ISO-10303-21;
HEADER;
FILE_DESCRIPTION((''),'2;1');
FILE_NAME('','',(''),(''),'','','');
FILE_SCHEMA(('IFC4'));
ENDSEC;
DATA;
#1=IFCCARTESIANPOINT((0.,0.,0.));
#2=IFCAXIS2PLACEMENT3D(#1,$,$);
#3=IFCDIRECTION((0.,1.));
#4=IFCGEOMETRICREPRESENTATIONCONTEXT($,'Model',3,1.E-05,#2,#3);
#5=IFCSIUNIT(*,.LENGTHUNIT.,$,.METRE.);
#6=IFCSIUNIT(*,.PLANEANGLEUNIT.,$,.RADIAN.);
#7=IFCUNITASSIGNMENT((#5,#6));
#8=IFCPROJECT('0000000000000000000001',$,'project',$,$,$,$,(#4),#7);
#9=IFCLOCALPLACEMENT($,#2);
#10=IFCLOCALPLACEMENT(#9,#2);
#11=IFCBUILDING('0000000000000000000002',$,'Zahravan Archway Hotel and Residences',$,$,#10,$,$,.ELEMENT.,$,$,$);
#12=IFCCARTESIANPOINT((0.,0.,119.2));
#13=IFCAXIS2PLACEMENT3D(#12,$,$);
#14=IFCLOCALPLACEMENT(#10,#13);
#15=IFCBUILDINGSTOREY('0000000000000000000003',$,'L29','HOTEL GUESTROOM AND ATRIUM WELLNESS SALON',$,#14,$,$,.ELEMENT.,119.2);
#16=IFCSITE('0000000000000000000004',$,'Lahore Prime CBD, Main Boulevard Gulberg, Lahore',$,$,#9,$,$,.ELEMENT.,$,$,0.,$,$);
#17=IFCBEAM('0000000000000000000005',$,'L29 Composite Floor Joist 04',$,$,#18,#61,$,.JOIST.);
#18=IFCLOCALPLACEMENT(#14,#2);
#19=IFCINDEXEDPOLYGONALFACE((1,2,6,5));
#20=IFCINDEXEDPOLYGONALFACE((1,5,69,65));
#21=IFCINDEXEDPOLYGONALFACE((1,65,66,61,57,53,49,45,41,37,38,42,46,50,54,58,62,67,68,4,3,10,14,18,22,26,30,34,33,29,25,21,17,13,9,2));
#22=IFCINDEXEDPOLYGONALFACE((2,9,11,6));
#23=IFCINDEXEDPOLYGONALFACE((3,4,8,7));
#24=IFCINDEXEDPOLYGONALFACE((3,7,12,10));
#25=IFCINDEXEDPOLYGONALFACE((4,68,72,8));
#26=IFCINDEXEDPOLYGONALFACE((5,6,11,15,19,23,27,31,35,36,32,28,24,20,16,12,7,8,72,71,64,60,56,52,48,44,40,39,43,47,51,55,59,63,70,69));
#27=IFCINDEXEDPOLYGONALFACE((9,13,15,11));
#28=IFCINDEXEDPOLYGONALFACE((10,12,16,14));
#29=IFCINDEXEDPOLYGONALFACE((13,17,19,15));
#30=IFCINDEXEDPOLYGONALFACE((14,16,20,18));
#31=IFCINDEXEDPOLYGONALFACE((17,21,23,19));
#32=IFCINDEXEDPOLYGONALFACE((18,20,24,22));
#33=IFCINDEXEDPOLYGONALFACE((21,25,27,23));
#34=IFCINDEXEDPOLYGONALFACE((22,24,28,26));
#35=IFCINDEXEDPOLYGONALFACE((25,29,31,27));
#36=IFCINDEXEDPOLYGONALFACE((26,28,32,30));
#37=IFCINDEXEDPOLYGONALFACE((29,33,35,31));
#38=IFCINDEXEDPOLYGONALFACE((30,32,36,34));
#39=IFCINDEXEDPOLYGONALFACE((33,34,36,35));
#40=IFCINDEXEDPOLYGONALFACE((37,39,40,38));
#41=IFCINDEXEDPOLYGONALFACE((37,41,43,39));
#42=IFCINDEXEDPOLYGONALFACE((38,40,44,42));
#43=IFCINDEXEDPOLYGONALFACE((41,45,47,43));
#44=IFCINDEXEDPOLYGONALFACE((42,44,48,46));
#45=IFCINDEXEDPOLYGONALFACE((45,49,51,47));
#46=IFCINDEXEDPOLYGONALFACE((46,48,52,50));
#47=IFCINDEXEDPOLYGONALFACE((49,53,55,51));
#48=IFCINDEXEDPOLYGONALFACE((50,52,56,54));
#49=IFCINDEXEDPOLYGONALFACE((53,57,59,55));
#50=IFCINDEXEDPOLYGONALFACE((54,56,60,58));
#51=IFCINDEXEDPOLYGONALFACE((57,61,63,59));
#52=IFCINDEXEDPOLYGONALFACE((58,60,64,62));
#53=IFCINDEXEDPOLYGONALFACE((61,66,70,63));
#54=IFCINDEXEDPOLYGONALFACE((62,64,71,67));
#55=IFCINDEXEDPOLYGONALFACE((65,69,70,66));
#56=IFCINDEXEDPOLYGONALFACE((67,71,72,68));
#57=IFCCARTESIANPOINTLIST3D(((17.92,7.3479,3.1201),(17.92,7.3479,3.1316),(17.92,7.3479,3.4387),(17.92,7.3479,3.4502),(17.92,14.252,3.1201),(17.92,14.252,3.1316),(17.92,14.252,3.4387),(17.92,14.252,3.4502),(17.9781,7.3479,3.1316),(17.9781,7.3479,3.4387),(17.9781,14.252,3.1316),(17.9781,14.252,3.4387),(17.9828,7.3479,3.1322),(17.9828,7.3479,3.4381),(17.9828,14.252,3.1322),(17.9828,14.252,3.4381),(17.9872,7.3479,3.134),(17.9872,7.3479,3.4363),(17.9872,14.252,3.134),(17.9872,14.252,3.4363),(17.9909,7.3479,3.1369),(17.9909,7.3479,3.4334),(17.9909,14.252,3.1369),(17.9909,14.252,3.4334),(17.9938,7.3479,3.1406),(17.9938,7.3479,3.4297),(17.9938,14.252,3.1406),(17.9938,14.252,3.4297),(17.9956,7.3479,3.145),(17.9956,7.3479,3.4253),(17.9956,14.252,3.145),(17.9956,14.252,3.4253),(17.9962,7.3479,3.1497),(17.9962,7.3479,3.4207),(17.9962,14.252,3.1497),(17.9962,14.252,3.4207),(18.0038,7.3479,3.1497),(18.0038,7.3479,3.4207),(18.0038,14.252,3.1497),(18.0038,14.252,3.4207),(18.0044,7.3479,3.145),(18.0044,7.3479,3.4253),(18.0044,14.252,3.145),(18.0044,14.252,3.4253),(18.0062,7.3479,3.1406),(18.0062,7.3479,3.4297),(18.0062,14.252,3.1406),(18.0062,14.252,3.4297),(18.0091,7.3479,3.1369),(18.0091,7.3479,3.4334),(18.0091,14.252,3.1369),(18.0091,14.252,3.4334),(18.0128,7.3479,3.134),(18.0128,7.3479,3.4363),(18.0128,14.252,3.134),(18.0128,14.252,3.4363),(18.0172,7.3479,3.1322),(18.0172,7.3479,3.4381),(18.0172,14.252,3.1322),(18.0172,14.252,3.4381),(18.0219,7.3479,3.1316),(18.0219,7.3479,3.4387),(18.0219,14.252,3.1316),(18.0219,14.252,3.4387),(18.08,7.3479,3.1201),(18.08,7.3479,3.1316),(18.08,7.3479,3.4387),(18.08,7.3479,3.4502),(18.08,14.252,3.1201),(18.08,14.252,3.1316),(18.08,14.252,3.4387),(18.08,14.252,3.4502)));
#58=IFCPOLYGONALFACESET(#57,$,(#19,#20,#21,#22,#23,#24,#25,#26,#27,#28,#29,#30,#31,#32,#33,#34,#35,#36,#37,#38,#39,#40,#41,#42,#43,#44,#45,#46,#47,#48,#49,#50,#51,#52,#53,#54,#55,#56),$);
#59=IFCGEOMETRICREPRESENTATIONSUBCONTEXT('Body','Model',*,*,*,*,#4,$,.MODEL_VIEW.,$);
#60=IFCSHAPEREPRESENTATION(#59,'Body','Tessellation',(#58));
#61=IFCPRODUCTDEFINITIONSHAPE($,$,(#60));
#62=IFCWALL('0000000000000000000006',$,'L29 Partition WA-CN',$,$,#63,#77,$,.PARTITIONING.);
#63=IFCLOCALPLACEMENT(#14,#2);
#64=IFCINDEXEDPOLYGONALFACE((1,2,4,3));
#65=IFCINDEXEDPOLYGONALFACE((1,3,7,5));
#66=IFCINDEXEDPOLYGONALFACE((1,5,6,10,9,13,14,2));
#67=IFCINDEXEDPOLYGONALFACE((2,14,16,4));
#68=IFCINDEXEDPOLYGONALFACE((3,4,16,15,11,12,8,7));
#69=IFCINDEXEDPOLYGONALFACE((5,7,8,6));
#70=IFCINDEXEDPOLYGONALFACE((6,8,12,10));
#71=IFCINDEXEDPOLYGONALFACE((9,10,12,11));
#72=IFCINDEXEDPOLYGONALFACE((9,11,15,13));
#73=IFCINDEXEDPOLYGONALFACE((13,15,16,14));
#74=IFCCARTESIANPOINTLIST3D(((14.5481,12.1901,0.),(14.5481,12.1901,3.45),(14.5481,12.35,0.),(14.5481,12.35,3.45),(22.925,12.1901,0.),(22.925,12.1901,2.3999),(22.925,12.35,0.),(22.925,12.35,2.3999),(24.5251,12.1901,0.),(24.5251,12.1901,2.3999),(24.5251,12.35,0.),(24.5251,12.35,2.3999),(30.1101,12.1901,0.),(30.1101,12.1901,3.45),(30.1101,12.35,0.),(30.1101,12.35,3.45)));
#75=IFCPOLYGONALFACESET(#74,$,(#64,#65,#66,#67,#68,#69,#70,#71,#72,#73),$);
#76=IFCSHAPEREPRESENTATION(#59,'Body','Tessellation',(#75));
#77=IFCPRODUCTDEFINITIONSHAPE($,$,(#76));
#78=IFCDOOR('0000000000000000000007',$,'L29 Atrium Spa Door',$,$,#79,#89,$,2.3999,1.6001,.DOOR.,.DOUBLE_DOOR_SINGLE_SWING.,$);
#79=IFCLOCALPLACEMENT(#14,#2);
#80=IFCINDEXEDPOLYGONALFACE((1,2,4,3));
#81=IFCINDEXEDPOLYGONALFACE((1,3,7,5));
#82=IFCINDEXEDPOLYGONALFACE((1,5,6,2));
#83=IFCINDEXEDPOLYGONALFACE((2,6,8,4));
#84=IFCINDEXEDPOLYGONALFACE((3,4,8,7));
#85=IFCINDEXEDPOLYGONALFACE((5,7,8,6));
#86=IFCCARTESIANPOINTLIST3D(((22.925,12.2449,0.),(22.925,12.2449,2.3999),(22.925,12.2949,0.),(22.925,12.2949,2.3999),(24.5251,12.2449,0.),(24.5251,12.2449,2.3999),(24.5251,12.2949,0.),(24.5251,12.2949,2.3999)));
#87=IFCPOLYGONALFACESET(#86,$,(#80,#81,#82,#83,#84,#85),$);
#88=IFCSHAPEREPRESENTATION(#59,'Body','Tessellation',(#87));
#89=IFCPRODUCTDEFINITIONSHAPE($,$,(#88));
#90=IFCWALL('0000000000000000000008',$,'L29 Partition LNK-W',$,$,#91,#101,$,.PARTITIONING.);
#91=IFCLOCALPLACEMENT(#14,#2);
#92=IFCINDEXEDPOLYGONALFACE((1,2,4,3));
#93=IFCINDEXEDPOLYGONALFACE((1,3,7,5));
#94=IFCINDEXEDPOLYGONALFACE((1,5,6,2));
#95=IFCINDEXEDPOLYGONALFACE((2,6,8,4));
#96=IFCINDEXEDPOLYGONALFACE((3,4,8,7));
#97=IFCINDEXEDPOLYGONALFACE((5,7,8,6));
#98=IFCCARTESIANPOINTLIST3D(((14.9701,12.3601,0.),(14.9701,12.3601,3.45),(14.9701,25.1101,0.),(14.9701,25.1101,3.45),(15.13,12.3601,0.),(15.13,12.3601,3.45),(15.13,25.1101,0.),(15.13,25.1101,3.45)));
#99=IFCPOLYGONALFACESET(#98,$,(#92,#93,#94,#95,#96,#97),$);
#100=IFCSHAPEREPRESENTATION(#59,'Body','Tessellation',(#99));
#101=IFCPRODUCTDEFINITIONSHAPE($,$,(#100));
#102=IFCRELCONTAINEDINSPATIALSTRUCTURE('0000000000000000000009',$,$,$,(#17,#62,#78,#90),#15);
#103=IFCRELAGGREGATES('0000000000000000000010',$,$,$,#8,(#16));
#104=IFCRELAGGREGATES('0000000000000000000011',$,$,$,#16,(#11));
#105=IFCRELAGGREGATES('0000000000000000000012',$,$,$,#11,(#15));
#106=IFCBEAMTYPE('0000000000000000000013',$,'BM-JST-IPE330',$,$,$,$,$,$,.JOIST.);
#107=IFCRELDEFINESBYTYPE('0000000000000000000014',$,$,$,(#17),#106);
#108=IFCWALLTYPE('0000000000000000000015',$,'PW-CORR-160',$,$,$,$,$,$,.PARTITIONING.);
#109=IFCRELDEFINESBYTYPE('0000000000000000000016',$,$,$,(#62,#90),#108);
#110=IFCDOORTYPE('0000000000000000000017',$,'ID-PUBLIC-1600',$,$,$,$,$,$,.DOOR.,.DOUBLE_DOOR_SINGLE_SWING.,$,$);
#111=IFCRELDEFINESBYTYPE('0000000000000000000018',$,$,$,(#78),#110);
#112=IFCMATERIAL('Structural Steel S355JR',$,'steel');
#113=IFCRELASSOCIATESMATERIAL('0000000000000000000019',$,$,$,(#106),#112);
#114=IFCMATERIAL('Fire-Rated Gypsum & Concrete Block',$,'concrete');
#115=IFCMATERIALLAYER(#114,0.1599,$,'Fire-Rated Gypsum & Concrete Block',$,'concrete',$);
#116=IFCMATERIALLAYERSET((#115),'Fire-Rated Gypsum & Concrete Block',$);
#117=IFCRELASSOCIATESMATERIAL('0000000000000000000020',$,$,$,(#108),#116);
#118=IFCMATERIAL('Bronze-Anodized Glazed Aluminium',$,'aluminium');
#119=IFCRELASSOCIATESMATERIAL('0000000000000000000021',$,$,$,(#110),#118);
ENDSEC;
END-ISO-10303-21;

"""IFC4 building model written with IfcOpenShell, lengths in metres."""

from ifc_helpers import new_model, si_unit, direction, frame, frame_2d, origin, origin_2d, place, context, subcontext, project, spatial, rectangle, i_section, extrude, source, transform, mapped, material, layer, layer_set, material_profile, profile_set, type_object, type_shapes, element, fill, save


model = new_model("IFC4")

# Units and contexts
model_context = context("Model", 3, precision=1e-05, world=origin(), true_north=direction((0.0, 1.0)))
body_context = subcontext(model_context, "Body", "Model", "MODEL_VIEW")
ifc_project = project(units=[si_unit("LENGTHUNIT", "METRE"), si_unit("PLANEANGLEUNIT", "RADIAN")], contexts=[model_context])

# Site, building, storey
site_placement = place(None, origin())
site = spatial("IfcSite", under=ifc_project, at=site_placement, Name="Lahore Prime CBD, Main Boulevard Gulberg, Lahore", CompositionType="ELEMENT", RefElevation=0.0)
building_placement = place(site_placement, origin())
building = spatial("IfcBuilding", under=site, at=building_placement, Name="Zahravan Archway Hotel and Residences", CompositionType="ELEMENT")
storey_placement = place(building_placement, frame((0.0, 0.0, 119.2)))
storey = spatial("IfcBuildingStorey", under=building, at=storey_placement, Name="L29", Description="HOTEL GUESTROOM AND ATRIUM WELLNESS SALON", CompositionType="ELEMENT", Elevation=119.2)

# Beam
ifc_material_1 = material(Name="Structural Steel S355JR", Category="steel")
ifc_material_profile_1 = material_profile(ifc_material_1, i_section(OverallWidth=0.1599, OverallDepth=0.3301, WebThickness=0.0076, FlangeThickness=0.0115, FilletRadius=0.0181, at=origin_2d()), Name="IPE 330", Category="steel")
ifc_profile_set_1 = profile_set([ifc_material_profile_1], Name="Structural Steel S355JR")
beam_type_1 = type_object("IfcBeamType", Name="BM-JST-IPE330", PredefinedType="JOIST", material=ifc_profile_set_1)
shared_shape_1 = source(origin(), body_context, "Body", "SweptSolid", [
    extrude(i_section(OverallWidth=0.1599, OverallDepth=0.3301, WebThickness=0.0076, FlangeThickness=0.0115, FilletRadius=0.0181, at=origin_2d()), origin(), (0.0, 0.0, 1.0), 6.9041),
])
type_shapes(beam_type_1, [shared_shape_1])
beam_placement = place(storey_placement, frame((18.0, 7.3479, 3.2852), z_axis=(0.0, 1.0, 0.0), x_axis=(-1.0, 0.0, 0.0)))
element("IfcBeam", 1, at=beam_placement, inside=storey, type_object=beam_type_1, Name="L29 Composite Floor Joist 04", PredefinedType="JOIST", context=body_context, shape_type="MappedRepresentation", body=[
    mapped(shared_shape_1, transform((0.0, 0.0, 0.0), scale=1.0)),
])

# Wall, opening, door
ifc_material_2 = material(Name="Fire-Rated Gypsum & Concrete Block", Category="concrete")
ifc_layer_1 = layer(ifc_material_2, 0.1599, Name="Fire-Rated Gypsum & Concrete Block", Category="concrete")
ifc_layer_set_1 = layer_set([ifc_layer_1], Name="Fire-Rated Gypsum & Concrete Block")
wall_type_1 = type_object("IfcWallType", Name="PW-CORR-160", PredefinedType="PARTITIONING", material=ifc_layer_set_1)
wall_1_placement = place(storey_placement, frame((14.5481, 12.27, 0.0), z_axis=(0.0, 0.0, 1.0), x_axis=(1.0, 0.0, 0.0)))
wall_1 = element("IfcWall", 2, at=wall_1_placement, inside=storey, type_object=wall_type_1, Name="L29 Partition WA-CN", PredefinedType="PARTITIONING", context=body_context, shape_type="SweptSolid", body=[
    extrude(rectangle(XDim=15.562, YDim=0.1599, at=frame_2d((7.781, 0.0))), origin(), (0.0, 0.0, 1.0), 3.45),
])
opening_1_placement = place(wall_1_placement, frame((8.377, 0.0, 0.0)))
opening_1 = element("IfcOpeningElement", 3, at=opening_1_placement, cuts=wall_1, PredefinedType="OPENING", context=body_context, shape_type="SweptSolid", body=[
    extrude(rectangle(XDim=1.6001, YDim=2.3999, at=frame_2d((0.8, 1.2))), frame((0.0, 0.0898, 0.0), z_axis=(0.0, -1.0, 0.0), x_axis=(1.0, 0.0, 0.0)), (0.0, 0.0, 1.0), 0.1799),
])
ifc_material_3 = material(Name="Bronze-Anodized Glazed Aluminium", Category="aluminium")
door_type_1 = type_object("IfcDoorType", Name="ID-PUBLIC-1600", OperationType="DOUBLE_DOOR_SINGLE_SWING", PredefinedType="DOOR", material=ifc_material_3)
shared_shape_2 = source(origin(), body_context, "Body", "SweptSolid", [
    extrude(rectangle(XDim=1.6001, YDim=2.3999, at=frame_2d((0.8, 1.2))), frame((0.0, 0.0249, 0.0), z_axis=(0.0, -1.0, 0.0), x_axis=(1.0, 0.0, 0.0)), (0.0, 0.0, 1.0), 0.05),
])
type_shapes(door_type_1, [shared_shape_2])
door_1_placement = place(opening_1_placement, origin())
door_1 = element("IfcDoor", 4, at=door_1_placement, inside=storey, type_object=door_type_1, Name="L29 Atrium Spa Door", OperationType="DOUBLE_DOOR_SINGLE_SWING", OverallHeight=2.3999, OverallWidth=1.6001, PredefinedType="DOOR", context=body_context, shape_type="MappedRepresentation", body=[
    mapped(shared_shape_2, transform((0.0, 0.0, 0.0), scale=1.0)),
])
fill(opening_1, door_1)

# Wall
wall_2_placement = place(storey_placement, frame((15.05, 12.3601, 0.0), z_axis=(0.0, 0.0, 1.0), x_axis=(0.0, 1.0, 0.0)))
element("IfcWall", 5, at=wall_2_placement, inside=storey, type_object=wall_type_1, Name="L29 Partition LNK-W", PredefinedType="PARTITIONING", context=body_context, shape_type="SweptSolid", body=[
    extrude(rectangle(XDim=12.75, YDim=0.1599, at=frame_2d((6.375, 0.0))), origin(), (0.0, 0.0, 1.0), 3.45),
])

save(model, "model.ifc")
